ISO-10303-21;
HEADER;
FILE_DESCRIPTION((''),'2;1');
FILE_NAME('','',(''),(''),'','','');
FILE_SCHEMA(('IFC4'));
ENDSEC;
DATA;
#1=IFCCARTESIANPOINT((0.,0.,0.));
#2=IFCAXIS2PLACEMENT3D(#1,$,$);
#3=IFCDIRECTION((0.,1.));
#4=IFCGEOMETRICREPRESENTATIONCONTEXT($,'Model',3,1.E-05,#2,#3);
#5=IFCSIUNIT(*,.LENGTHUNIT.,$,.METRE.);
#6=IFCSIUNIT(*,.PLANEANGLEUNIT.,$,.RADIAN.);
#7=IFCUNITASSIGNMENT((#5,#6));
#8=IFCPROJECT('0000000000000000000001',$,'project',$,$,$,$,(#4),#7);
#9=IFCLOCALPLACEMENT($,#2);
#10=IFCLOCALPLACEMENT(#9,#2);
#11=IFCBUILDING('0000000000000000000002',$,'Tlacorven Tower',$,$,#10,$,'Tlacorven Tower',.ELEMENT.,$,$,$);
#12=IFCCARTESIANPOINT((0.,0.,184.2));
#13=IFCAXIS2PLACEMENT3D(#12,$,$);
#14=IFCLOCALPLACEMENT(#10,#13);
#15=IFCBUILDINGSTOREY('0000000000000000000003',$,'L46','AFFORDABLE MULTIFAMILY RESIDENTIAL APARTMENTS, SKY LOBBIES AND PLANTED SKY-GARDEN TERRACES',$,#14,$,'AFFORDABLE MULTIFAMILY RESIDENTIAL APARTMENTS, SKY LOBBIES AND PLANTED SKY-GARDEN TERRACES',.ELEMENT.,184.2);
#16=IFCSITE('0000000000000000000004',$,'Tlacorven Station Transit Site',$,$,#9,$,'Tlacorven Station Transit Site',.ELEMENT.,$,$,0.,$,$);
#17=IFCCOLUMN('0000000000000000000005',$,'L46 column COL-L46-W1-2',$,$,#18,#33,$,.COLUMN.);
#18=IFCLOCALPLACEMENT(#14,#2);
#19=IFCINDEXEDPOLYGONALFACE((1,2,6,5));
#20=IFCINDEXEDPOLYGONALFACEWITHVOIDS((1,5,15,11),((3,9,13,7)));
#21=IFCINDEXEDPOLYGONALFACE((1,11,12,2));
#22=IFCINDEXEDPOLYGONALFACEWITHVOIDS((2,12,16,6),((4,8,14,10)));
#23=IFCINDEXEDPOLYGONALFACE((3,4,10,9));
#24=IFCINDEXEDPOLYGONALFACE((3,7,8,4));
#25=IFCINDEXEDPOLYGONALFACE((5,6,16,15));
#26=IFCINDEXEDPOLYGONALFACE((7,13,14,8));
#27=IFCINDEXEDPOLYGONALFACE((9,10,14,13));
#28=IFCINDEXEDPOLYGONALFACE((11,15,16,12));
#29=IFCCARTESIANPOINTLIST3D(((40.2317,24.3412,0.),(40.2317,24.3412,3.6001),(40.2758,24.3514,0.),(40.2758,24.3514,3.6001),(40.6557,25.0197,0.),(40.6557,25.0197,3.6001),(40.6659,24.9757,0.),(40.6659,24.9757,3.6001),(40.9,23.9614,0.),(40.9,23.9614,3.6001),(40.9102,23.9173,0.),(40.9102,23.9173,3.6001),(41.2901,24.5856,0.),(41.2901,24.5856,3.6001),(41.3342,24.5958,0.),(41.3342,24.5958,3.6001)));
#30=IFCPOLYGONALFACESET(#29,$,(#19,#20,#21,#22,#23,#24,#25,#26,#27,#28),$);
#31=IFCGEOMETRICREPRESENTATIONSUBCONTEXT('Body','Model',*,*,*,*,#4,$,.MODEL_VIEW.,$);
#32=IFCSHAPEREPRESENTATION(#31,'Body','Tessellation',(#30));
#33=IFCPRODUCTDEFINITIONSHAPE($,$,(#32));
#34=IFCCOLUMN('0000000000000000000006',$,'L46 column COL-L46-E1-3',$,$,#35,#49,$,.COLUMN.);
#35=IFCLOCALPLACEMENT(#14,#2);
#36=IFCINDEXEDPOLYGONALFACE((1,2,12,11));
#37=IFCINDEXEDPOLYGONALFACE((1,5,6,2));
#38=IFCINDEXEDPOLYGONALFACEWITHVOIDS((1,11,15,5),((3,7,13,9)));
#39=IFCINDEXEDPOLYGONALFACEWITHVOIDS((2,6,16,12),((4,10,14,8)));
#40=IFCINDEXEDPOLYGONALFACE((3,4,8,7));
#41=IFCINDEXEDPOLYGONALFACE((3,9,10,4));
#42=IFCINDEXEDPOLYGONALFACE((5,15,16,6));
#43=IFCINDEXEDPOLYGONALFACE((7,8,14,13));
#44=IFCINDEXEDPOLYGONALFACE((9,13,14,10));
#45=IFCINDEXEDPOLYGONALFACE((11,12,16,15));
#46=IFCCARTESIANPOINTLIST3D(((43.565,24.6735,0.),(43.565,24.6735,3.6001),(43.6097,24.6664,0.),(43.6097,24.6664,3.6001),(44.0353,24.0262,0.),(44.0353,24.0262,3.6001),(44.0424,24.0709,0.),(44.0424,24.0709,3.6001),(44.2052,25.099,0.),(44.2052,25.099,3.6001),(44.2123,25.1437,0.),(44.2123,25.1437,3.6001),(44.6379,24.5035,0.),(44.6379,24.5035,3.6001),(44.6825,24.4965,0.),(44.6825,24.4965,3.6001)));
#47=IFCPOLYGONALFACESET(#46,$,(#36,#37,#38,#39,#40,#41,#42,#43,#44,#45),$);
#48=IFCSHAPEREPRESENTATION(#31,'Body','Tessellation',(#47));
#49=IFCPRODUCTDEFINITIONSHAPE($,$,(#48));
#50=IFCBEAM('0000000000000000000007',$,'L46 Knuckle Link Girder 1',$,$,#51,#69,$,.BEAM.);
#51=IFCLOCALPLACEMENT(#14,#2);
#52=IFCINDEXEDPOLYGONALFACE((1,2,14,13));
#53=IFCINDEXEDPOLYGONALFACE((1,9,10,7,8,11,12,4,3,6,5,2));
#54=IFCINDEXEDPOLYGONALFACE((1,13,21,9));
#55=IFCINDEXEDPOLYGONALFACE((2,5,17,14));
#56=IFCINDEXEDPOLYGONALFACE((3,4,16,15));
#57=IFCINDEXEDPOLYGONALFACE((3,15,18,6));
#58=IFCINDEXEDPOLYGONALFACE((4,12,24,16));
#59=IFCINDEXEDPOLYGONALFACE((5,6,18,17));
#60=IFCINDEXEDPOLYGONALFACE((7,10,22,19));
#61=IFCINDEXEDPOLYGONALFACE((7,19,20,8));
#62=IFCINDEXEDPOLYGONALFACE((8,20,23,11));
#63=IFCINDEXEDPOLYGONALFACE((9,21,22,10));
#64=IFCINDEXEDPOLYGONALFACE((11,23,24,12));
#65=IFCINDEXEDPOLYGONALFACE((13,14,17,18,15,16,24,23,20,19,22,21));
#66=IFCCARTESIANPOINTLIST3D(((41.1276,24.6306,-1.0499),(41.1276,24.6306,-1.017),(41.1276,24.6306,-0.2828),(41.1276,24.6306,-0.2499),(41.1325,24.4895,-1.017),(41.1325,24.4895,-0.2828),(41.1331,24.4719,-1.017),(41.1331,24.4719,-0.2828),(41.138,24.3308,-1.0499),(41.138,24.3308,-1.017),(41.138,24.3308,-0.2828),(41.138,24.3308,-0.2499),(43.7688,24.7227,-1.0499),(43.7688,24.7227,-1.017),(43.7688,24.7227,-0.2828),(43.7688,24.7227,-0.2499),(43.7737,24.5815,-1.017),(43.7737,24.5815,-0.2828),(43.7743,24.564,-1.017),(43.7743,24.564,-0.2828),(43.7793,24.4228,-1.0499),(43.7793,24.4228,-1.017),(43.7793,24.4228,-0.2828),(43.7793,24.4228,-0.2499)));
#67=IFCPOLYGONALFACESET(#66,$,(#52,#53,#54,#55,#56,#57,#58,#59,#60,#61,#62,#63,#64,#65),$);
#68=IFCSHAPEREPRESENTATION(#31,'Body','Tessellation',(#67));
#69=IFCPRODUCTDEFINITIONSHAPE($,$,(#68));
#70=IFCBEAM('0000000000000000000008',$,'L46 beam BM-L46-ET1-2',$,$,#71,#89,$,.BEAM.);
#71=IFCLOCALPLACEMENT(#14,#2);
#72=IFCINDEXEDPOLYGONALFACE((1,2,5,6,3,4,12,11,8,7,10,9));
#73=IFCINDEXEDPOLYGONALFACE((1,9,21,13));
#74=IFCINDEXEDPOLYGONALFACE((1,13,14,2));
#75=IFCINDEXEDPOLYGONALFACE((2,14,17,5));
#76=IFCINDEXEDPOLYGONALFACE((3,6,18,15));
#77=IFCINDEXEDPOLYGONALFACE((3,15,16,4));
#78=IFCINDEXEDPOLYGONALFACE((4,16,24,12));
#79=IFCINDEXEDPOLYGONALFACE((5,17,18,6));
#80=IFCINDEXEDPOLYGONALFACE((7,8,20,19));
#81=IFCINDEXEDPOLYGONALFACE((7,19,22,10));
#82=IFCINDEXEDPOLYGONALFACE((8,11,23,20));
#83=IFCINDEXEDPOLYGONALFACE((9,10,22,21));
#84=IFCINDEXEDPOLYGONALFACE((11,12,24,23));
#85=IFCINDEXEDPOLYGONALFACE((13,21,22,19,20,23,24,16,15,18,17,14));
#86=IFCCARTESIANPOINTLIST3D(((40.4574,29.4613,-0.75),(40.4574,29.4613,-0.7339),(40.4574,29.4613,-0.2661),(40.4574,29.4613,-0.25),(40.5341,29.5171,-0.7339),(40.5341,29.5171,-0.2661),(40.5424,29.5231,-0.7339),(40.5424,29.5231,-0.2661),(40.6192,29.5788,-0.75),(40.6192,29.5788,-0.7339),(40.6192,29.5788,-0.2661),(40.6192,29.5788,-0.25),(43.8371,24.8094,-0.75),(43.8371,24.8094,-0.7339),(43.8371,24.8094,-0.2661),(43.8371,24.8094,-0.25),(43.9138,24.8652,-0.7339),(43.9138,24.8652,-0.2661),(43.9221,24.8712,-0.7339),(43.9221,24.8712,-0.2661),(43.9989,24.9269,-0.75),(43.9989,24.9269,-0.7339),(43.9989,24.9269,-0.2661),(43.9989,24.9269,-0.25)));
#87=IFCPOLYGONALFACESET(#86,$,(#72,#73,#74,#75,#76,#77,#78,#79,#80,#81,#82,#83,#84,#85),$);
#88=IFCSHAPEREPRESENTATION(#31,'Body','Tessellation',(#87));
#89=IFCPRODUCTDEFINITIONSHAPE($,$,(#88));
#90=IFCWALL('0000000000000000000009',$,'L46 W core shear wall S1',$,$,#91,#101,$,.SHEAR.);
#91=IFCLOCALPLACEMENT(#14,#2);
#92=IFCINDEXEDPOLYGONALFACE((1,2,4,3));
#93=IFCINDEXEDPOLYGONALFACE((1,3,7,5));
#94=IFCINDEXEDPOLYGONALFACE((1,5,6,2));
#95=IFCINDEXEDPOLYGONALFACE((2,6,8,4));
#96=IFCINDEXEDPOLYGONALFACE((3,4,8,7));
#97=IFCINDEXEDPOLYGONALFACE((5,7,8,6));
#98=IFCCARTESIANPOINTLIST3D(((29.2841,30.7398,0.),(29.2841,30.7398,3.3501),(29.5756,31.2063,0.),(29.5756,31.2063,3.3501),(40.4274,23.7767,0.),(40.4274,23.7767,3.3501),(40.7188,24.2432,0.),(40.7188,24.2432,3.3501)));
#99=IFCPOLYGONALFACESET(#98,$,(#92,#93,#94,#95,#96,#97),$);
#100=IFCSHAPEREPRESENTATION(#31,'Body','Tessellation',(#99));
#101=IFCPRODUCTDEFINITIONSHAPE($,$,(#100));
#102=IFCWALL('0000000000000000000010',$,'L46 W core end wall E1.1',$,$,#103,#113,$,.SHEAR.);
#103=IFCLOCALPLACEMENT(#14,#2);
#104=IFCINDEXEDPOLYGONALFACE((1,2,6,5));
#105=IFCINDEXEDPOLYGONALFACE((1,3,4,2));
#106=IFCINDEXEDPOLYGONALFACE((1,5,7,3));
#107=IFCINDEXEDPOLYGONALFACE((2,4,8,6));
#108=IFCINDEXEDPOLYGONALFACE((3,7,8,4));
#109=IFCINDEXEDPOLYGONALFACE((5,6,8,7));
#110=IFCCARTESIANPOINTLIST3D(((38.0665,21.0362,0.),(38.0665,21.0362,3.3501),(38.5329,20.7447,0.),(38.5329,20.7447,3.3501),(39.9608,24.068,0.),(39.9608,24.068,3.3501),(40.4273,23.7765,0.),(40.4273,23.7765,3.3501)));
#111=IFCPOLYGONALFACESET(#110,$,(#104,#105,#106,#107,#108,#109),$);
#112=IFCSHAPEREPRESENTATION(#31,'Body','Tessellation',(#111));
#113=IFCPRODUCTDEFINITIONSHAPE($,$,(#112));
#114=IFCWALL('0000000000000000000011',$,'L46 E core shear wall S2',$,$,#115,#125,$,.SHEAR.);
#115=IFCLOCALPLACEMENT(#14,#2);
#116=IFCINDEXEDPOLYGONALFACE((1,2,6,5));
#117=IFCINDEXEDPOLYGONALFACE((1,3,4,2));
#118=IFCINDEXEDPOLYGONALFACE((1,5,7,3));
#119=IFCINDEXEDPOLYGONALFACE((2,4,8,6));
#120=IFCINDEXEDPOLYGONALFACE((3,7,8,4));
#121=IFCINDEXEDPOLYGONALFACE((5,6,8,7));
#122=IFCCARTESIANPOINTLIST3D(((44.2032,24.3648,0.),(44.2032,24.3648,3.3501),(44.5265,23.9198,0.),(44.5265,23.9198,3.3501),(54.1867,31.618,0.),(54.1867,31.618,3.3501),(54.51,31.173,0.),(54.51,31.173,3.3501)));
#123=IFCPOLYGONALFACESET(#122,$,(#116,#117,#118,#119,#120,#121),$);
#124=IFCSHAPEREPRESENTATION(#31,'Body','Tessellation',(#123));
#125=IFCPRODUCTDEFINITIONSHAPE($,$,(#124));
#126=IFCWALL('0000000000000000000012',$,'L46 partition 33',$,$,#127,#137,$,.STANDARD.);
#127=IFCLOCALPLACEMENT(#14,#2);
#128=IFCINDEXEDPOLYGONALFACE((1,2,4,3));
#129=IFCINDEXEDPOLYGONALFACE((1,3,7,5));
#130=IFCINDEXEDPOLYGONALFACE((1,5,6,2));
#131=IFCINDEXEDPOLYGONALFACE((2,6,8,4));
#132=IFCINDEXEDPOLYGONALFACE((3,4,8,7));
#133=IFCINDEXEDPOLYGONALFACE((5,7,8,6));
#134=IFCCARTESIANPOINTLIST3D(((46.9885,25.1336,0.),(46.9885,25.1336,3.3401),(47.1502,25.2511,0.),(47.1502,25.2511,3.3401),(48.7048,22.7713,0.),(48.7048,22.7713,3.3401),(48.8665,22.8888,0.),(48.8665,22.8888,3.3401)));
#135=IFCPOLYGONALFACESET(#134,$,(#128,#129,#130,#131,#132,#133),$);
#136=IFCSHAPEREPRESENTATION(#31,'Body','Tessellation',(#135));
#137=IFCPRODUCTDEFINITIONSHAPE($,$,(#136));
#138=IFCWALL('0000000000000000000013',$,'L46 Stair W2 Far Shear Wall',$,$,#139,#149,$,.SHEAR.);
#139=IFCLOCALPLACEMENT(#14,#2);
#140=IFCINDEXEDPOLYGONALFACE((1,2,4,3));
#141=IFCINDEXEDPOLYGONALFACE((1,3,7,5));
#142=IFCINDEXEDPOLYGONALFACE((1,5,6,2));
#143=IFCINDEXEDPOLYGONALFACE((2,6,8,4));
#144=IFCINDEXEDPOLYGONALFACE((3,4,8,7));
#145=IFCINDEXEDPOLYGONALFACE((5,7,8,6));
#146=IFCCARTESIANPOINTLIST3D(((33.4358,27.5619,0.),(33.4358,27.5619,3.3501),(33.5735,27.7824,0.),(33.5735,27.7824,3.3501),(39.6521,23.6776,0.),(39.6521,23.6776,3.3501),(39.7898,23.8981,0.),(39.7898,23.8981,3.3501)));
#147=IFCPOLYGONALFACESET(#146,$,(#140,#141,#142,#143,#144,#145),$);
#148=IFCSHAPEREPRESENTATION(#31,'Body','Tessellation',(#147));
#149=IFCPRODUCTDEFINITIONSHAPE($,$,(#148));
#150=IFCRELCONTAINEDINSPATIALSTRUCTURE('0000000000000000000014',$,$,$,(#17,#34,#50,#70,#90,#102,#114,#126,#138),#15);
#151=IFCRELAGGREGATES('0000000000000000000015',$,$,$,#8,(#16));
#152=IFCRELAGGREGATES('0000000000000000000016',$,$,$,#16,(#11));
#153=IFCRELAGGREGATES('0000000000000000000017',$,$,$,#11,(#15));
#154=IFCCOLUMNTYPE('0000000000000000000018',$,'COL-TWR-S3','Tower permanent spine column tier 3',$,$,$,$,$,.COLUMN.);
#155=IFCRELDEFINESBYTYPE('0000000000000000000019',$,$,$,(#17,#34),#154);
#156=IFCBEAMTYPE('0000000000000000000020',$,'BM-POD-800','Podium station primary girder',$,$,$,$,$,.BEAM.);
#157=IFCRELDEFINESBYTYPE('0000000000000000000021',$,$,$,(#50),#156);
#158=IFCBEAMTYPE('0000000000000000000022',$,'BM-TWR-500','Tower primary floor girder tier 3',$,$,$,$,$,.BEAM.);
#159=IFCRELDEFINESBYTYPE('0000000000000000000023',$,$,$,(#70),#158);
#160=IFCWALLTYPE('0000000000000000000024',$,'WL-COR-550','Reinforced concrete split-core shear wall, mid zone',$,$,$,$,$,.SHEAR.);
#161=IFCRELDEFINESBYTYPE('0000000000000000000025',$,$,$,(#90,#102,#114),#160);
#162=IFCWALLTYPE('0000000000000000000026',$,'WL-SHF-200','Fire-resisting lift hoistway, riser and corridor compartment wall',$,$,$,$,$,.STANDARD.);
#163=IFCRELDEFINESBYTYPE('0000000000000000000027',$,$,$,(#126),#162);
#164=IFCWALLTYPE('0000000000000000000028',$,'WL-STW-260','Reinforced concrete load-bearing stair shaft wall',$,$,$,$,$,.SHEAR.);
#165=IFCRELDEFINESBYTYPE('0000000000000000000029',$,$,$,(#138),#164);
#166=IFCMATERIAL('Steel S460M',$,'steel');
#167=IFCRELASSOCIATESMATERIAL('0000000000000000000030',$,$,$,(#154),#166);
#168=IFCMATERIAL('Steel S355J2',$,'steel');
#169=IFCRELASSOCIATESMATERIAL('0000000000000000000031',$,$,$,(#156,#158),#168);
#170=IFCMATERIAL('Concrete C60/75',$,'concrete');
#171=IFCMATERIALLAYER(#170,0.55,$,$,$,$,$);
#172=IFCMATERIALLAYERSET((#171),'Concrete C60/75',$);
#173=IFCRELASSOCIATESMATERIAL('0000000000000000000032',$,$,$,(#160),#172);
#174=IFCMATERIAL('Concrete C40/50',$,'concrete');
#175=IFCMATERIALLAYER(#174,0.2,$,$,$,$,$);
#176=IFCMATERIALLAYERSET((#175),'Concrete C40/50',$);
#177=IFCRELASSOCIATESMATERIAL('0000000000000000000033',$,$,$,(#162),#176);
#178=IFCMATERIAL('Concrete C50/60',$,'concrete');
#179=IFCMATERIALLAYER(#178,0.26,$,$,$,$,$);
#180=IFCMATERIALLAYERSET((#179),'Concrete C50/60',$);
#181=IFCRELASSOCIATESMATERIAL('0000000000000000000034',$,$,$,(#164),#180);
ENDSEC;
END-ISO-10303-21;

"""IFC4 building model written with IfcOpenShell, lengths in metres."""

from ifc_helpers import new_model, si_unit, direction, frame, frame_2d, origin, origin_2d, place, context, subcontext, project, spatial, rectangle, hollow_rectangle, i_section, extrude, source, transform, mapped, material, layer, layer_set, material_profile, profile_set, type_object, element, save


model = new_model("IFC4")

# Units and contexts
model_context = context("Model", 3, precision=1e-05, world=origin(), true_north=direction((0.0, 1.0)))
body_context = subcontext(model_context, "Body", "Model", "MODEL_VIEW")
ifc_project = project(units=[si_unit("LENGTHUNIT", "METRE"), si_unit("PLANEANGLEUNIT", "RADIAN")], contexts=[model_context])

# Site, building, storey
site_placement = place(None, origin())
site = spatial("IfcSite", under=ifc_project, at=site_placement, Name="Tlacorven Station Transit Site", LongName="Tlacorven Station Transit Site", CompositionType="ELEMENT", RefElevation=0.0)
building_placement = place(site_placement, origin())
building = spatial("IfcBuilding", under=site, at=building_placement, Name="Tlacorven Tower", LongName="Tlacorven Tower", CompositionType="ELEMENT")
storey_placement = place(building_placement, frame((0.0, 0.0, 184.2)))
storey = spatial("IfcBuildingStorey", under=building, at=storey_placement, Name="L46", Description="AFFORDABLE MULTIFAMILY RESIDENTIAL APARTMENTS, SKY LOBBIES AND PLANTED SKY-GARDEN TERRACES", LongName="AFFORDABLE MULTIFAMILY RESIDENTIAL APARTMENTS, SKY LOBBIES AND PLANTED SKY-GARDEN TERRACES", CompositionType="ELEMENT", Elevation=184.2)

# Columns
ifc_material_1 = material(Name="Steel S460M", Category="steel")
ifc_material_profile_1 = material_profile(ifc_material_1, hollow_rectangle(XDim=0.8, YDim=0.8, WallThickness=0.032, at=origin_2d()), Name="BOX 800X800X32")
ifc_profile_set_1 = profile_set([ifc_material_profile_1], Name="Steel S460M")
column_type = type_object("IfcColumnType", Name="COL-TWR-S3", Description="Tower permanent spine column tier 3", PredefinedType="COLUMN", material=ifc_profile_set_1)
shared_shape_1 = source(origin(), body_context, "Body", "SweptSolid", [
    extrude(hollow_rectangle(XDim=0.8, YDim=0.8, WallThickness=0.032, at=origin_2d()), origin(), (0.0, 0.0, 1.0), 3.6001),
])
for number, where, z_axis, x_axis, name in (
    (1, (40.783, 24.4685, 0.0), (0.0, 0.0, 1.0), (-0.848048, 0.529919, 0.0), "L46 column COL-L46-W1-2"),
    (2, (44.1238, 24.585, 0.0), (0.0, 0.0, 1.0), (0.809017, 0.587785, 0.0), "L46 column COL-L46-E1-3"),
):
    element("IfcColumn", number, at=place(storey_placement, frame(where, z_axis=z_axis, x_axis=x_axis)), inside=storey, type_object=column_type, Name=name, PredefinedType="COLUMN", context=body_context, shape_type="MappedRepresentation", body=[
        mapped(shared_shape_1, transform((0.0, 0.0, 0.0), scale=1.0)),
    ])

# Beams
ifc_material_2 = material(Name="Steel S355J2", Category="steel")
ifc_material_profile_2 = material_profile(ifc_material_2, i_section(OverallWidth=0.3, OverallDepth=0.8, WebThickness=0.0176, FlangeThickness=0.033, at=origin_2d()), Name="HEB 800")
ifc_profile_set_2 = profile_set([ifc_material_profile_2], Name="Steel S355J2")
beam_type_1 = type_object("IfcBeamType", Name="BM-POD-800", Description="Podium station primary girder", PredefinedType="BEAM", material=ifc_profile_set_2)
shared_shape_2 = source(origin(), body_context, "Body", "SweptSolid", [
    extrude(i_section(OverallWidth=0.3, OverallDepth=0.8, WebThickness=0.0176, FlangeThickness=0.033, at=origin_2d()), origin(), (0.0, 0.0, 1.0), 2.6428),
])
beam_1_placement = place(storey_placement, frame((41.1328, 24.4807, -0.6499), z_axis=(0.999393, 0.034828, 0.0), x_axis=(-0.034828, 0.999393, 0.0)))
element("IfcBeam", 3, at=beam_1_placement, inside=storey, type_object=beam_type_1, Name="L46 Knuckle Link Girder 1", PredefinedType="BEAM", context=body_context, shape_type="MappedRepresentation", body=[
    mapped(shared_shape_2, transform((0.0, 0.0, 0.0), scale=1.0)),
])
ifc_material_profile_3 = material_profile(ifc_material_2, i_section(OverallWidth=0.2, OverallDepth=0.5, WebThickness=0.0103, FlangeThickness=0.0161, at=origin_2d()), Name="IPE 500")
ifc_profile_set_3 = profile_set([ifc_material_profile_3], Name="Steel S355J2")
beam_type_2 = type_object("IfcBeamType", Name="BM-TWR-500", Description="Tower primary floor girder tier 3", PredefinedType="BEAM", material=ifc_profile_set_3)
shared_shape_3 = source(origin(), body_context, "Body", "SweptSolid", [
    extrude(i_section(OverallWidth=0.2, OverallDepth=0.5, WebThickness=0.0103, FlangeThickness=0.0161, at=origin_2d()), origin(), (0.0, 0.0, 1.0), 5.75),
])
beam_2_placement = place(storey_placement, frame((43.918, 24.8682, -0.5), z_axis=(-0.58777, 0.809028, 0.0), x_axis=(-0.809028, -0.58777, 0.0)))
element("IfcBeam", 4, at=beam_2_placement, inside=storey, type_object=beam_type_2, Name="L46 beam BM-L46-ET1-2", PredefinedType="BEAM", context=body_context, shape_type="MappedRepresentation", body=[
    mapped(shared_shape_3, transform((0.0, 0.0, 0.0), scale=1.0)),
])

# Walls
ifc_material_3 = material(Name="Concrete C60/75", Category="concrete")
ifc_layer_1 = layer(ifc_material_3, 0.55)
ifc_layer_set_1 = layer_set([ifc_layer_1], Name="Concrete C60/75")
wall_type_1 = type_object("IfcWallType", Name="WL-COR-550", Description="Reinforced concrete split-core shear wall, mid zone", PredefinedType="SHEAR", material=ifc_layer_set_1)
wall_1_placement = place(storey_placement, frame((40.573, 24.01, 0.0), z_axis=(0.0, 0.0, 1.0), x_axis=(-0.848047, 0.52992, 0.0)))
element("IfcWall", 5, at=wall_1_placement, inside=storey, type_object=wall_type_1, Name="L46 W core shear wall S1", PredefinedType="SHEAR", context=body_context, shape_type="SweptSolid", body=[
    extrude(rectangle(XDim=13.1399, YDim=0.55, at=frame_2d((6.5698, 0.0))), origin(), (0.0, 0.0, 1.0), 3.3501),
])
wall_2_placement = place(storey_placement, frame((40.1941, 23.9224, 0.0), z_axis=(0.0, 0.0, 1.0), x_axis=(-0.529888, -0.848067, 0.0)))
element("IfcWall", 6, at=wall_2_placement, inside=storey, type_object=wall_type_1, Name="L46 W core end wall E1.1", PredefinedType="SHEAR", context=body_context, shape_type="SweptSolid", body=[
    extrude(rectangle(XDim=3.575, YDim=0.55, at=frame_2d((1.7876, 0.0))), origin(), (0.0, 0.0, 1.0), 3.3501),
])
wall_3_placement = place(storey_placement, frame((44.365, 24.1423, 0.0), z_axis=(0.0, 0.0, 1.0), x_axis=(0.809024, 0.587775, 0.0)))
element("IfcWall", 7, at=wall_3_placement, inside=storey, type_object=wall_type_1, Name="L46 E core shear wall S2", PredefinedType="SHEAR", context=body_context, shape_type="SweptSolid", body=[
    extrude(rectangle(XDim=12.3401, YDim=0.55, at=frame_2d((6.1699, 0.0))), origin(), (0.0, 0.0, 1.0), 3.3501),
])
ifc_material_4 = material(Name="Concrete C40/50", Category="concrete")
ifc_layer_2 = layer(ifc_material_4, 0.2)
ifc_layer_set_2 = layer_set([ifc_layer_2], Name="Concrete C40/50")
wall_type_2 = type_object("IfcWallType", Name="WL-SHF-200", Description="Fire-resisting lift hoistway, riser and corridor compartment wall", PredefinedType="STANDARD", material=ifc_layer_set_2)
wall_4_placement = place(storey_placement, frame((48.7856, 22.8301, 0.0), z_axis=(0.0, 0.0, 1.0), x_axis=(-0.587784, 0.809018, 0.0)))
element("IfcWall", 8, at=wall_4_placement, inside=storey, type_object=wall_type_2, Name="L46 partition 33", PredefinedType="STANDARD", context=body_context, shape_type="SweptSolid", body=[
    extrude(rectangle(XDim=2.9199, YDim=0.2, at=frame_2d((1.46, 0.0))), origin(), (0.0, 0.0, 1.0), 3.3401),
])
ifc_material_5 = material(Name="Concrete C50/60", Category="concrete")
ifc_layer_3 = layer(ifc_material_5, 0.26)
ifc_layer_set_3 = layer_set([ifc_layer_3], Name="Concrete C50/60")
wall_type_3 = type_object("IfcWallType", Name="WL-STW-260", Description="Reinforced concrete load-bearing stair shaft wall", PredefinedType="SHEAR", material=ifc_layer_set_3)
wall_5_placement = place(storey_placement, frame((39.7209, 23.7878, 0.0), z_axis=(0.0, 0.0, 1.0), x_axis=(-0.848054, 0.529909, 0.0)))
element("IfcWall", 9, at=wall_5_placement, inside=storey, type_object=wall_type_3, Name="L46 Stair W2 Far Shear Wall", PredefinedType="SHEAR", context=body_context, shape_type="SweptSolid", body=[
    extrude(rectangle(XDim=7.3301, YDim=0.26, at=frame_2d((3.665, 0.0))), origin(), (0.0, 0.0, 1.0), 3.3501),
])

save(model, "model.ifc")
